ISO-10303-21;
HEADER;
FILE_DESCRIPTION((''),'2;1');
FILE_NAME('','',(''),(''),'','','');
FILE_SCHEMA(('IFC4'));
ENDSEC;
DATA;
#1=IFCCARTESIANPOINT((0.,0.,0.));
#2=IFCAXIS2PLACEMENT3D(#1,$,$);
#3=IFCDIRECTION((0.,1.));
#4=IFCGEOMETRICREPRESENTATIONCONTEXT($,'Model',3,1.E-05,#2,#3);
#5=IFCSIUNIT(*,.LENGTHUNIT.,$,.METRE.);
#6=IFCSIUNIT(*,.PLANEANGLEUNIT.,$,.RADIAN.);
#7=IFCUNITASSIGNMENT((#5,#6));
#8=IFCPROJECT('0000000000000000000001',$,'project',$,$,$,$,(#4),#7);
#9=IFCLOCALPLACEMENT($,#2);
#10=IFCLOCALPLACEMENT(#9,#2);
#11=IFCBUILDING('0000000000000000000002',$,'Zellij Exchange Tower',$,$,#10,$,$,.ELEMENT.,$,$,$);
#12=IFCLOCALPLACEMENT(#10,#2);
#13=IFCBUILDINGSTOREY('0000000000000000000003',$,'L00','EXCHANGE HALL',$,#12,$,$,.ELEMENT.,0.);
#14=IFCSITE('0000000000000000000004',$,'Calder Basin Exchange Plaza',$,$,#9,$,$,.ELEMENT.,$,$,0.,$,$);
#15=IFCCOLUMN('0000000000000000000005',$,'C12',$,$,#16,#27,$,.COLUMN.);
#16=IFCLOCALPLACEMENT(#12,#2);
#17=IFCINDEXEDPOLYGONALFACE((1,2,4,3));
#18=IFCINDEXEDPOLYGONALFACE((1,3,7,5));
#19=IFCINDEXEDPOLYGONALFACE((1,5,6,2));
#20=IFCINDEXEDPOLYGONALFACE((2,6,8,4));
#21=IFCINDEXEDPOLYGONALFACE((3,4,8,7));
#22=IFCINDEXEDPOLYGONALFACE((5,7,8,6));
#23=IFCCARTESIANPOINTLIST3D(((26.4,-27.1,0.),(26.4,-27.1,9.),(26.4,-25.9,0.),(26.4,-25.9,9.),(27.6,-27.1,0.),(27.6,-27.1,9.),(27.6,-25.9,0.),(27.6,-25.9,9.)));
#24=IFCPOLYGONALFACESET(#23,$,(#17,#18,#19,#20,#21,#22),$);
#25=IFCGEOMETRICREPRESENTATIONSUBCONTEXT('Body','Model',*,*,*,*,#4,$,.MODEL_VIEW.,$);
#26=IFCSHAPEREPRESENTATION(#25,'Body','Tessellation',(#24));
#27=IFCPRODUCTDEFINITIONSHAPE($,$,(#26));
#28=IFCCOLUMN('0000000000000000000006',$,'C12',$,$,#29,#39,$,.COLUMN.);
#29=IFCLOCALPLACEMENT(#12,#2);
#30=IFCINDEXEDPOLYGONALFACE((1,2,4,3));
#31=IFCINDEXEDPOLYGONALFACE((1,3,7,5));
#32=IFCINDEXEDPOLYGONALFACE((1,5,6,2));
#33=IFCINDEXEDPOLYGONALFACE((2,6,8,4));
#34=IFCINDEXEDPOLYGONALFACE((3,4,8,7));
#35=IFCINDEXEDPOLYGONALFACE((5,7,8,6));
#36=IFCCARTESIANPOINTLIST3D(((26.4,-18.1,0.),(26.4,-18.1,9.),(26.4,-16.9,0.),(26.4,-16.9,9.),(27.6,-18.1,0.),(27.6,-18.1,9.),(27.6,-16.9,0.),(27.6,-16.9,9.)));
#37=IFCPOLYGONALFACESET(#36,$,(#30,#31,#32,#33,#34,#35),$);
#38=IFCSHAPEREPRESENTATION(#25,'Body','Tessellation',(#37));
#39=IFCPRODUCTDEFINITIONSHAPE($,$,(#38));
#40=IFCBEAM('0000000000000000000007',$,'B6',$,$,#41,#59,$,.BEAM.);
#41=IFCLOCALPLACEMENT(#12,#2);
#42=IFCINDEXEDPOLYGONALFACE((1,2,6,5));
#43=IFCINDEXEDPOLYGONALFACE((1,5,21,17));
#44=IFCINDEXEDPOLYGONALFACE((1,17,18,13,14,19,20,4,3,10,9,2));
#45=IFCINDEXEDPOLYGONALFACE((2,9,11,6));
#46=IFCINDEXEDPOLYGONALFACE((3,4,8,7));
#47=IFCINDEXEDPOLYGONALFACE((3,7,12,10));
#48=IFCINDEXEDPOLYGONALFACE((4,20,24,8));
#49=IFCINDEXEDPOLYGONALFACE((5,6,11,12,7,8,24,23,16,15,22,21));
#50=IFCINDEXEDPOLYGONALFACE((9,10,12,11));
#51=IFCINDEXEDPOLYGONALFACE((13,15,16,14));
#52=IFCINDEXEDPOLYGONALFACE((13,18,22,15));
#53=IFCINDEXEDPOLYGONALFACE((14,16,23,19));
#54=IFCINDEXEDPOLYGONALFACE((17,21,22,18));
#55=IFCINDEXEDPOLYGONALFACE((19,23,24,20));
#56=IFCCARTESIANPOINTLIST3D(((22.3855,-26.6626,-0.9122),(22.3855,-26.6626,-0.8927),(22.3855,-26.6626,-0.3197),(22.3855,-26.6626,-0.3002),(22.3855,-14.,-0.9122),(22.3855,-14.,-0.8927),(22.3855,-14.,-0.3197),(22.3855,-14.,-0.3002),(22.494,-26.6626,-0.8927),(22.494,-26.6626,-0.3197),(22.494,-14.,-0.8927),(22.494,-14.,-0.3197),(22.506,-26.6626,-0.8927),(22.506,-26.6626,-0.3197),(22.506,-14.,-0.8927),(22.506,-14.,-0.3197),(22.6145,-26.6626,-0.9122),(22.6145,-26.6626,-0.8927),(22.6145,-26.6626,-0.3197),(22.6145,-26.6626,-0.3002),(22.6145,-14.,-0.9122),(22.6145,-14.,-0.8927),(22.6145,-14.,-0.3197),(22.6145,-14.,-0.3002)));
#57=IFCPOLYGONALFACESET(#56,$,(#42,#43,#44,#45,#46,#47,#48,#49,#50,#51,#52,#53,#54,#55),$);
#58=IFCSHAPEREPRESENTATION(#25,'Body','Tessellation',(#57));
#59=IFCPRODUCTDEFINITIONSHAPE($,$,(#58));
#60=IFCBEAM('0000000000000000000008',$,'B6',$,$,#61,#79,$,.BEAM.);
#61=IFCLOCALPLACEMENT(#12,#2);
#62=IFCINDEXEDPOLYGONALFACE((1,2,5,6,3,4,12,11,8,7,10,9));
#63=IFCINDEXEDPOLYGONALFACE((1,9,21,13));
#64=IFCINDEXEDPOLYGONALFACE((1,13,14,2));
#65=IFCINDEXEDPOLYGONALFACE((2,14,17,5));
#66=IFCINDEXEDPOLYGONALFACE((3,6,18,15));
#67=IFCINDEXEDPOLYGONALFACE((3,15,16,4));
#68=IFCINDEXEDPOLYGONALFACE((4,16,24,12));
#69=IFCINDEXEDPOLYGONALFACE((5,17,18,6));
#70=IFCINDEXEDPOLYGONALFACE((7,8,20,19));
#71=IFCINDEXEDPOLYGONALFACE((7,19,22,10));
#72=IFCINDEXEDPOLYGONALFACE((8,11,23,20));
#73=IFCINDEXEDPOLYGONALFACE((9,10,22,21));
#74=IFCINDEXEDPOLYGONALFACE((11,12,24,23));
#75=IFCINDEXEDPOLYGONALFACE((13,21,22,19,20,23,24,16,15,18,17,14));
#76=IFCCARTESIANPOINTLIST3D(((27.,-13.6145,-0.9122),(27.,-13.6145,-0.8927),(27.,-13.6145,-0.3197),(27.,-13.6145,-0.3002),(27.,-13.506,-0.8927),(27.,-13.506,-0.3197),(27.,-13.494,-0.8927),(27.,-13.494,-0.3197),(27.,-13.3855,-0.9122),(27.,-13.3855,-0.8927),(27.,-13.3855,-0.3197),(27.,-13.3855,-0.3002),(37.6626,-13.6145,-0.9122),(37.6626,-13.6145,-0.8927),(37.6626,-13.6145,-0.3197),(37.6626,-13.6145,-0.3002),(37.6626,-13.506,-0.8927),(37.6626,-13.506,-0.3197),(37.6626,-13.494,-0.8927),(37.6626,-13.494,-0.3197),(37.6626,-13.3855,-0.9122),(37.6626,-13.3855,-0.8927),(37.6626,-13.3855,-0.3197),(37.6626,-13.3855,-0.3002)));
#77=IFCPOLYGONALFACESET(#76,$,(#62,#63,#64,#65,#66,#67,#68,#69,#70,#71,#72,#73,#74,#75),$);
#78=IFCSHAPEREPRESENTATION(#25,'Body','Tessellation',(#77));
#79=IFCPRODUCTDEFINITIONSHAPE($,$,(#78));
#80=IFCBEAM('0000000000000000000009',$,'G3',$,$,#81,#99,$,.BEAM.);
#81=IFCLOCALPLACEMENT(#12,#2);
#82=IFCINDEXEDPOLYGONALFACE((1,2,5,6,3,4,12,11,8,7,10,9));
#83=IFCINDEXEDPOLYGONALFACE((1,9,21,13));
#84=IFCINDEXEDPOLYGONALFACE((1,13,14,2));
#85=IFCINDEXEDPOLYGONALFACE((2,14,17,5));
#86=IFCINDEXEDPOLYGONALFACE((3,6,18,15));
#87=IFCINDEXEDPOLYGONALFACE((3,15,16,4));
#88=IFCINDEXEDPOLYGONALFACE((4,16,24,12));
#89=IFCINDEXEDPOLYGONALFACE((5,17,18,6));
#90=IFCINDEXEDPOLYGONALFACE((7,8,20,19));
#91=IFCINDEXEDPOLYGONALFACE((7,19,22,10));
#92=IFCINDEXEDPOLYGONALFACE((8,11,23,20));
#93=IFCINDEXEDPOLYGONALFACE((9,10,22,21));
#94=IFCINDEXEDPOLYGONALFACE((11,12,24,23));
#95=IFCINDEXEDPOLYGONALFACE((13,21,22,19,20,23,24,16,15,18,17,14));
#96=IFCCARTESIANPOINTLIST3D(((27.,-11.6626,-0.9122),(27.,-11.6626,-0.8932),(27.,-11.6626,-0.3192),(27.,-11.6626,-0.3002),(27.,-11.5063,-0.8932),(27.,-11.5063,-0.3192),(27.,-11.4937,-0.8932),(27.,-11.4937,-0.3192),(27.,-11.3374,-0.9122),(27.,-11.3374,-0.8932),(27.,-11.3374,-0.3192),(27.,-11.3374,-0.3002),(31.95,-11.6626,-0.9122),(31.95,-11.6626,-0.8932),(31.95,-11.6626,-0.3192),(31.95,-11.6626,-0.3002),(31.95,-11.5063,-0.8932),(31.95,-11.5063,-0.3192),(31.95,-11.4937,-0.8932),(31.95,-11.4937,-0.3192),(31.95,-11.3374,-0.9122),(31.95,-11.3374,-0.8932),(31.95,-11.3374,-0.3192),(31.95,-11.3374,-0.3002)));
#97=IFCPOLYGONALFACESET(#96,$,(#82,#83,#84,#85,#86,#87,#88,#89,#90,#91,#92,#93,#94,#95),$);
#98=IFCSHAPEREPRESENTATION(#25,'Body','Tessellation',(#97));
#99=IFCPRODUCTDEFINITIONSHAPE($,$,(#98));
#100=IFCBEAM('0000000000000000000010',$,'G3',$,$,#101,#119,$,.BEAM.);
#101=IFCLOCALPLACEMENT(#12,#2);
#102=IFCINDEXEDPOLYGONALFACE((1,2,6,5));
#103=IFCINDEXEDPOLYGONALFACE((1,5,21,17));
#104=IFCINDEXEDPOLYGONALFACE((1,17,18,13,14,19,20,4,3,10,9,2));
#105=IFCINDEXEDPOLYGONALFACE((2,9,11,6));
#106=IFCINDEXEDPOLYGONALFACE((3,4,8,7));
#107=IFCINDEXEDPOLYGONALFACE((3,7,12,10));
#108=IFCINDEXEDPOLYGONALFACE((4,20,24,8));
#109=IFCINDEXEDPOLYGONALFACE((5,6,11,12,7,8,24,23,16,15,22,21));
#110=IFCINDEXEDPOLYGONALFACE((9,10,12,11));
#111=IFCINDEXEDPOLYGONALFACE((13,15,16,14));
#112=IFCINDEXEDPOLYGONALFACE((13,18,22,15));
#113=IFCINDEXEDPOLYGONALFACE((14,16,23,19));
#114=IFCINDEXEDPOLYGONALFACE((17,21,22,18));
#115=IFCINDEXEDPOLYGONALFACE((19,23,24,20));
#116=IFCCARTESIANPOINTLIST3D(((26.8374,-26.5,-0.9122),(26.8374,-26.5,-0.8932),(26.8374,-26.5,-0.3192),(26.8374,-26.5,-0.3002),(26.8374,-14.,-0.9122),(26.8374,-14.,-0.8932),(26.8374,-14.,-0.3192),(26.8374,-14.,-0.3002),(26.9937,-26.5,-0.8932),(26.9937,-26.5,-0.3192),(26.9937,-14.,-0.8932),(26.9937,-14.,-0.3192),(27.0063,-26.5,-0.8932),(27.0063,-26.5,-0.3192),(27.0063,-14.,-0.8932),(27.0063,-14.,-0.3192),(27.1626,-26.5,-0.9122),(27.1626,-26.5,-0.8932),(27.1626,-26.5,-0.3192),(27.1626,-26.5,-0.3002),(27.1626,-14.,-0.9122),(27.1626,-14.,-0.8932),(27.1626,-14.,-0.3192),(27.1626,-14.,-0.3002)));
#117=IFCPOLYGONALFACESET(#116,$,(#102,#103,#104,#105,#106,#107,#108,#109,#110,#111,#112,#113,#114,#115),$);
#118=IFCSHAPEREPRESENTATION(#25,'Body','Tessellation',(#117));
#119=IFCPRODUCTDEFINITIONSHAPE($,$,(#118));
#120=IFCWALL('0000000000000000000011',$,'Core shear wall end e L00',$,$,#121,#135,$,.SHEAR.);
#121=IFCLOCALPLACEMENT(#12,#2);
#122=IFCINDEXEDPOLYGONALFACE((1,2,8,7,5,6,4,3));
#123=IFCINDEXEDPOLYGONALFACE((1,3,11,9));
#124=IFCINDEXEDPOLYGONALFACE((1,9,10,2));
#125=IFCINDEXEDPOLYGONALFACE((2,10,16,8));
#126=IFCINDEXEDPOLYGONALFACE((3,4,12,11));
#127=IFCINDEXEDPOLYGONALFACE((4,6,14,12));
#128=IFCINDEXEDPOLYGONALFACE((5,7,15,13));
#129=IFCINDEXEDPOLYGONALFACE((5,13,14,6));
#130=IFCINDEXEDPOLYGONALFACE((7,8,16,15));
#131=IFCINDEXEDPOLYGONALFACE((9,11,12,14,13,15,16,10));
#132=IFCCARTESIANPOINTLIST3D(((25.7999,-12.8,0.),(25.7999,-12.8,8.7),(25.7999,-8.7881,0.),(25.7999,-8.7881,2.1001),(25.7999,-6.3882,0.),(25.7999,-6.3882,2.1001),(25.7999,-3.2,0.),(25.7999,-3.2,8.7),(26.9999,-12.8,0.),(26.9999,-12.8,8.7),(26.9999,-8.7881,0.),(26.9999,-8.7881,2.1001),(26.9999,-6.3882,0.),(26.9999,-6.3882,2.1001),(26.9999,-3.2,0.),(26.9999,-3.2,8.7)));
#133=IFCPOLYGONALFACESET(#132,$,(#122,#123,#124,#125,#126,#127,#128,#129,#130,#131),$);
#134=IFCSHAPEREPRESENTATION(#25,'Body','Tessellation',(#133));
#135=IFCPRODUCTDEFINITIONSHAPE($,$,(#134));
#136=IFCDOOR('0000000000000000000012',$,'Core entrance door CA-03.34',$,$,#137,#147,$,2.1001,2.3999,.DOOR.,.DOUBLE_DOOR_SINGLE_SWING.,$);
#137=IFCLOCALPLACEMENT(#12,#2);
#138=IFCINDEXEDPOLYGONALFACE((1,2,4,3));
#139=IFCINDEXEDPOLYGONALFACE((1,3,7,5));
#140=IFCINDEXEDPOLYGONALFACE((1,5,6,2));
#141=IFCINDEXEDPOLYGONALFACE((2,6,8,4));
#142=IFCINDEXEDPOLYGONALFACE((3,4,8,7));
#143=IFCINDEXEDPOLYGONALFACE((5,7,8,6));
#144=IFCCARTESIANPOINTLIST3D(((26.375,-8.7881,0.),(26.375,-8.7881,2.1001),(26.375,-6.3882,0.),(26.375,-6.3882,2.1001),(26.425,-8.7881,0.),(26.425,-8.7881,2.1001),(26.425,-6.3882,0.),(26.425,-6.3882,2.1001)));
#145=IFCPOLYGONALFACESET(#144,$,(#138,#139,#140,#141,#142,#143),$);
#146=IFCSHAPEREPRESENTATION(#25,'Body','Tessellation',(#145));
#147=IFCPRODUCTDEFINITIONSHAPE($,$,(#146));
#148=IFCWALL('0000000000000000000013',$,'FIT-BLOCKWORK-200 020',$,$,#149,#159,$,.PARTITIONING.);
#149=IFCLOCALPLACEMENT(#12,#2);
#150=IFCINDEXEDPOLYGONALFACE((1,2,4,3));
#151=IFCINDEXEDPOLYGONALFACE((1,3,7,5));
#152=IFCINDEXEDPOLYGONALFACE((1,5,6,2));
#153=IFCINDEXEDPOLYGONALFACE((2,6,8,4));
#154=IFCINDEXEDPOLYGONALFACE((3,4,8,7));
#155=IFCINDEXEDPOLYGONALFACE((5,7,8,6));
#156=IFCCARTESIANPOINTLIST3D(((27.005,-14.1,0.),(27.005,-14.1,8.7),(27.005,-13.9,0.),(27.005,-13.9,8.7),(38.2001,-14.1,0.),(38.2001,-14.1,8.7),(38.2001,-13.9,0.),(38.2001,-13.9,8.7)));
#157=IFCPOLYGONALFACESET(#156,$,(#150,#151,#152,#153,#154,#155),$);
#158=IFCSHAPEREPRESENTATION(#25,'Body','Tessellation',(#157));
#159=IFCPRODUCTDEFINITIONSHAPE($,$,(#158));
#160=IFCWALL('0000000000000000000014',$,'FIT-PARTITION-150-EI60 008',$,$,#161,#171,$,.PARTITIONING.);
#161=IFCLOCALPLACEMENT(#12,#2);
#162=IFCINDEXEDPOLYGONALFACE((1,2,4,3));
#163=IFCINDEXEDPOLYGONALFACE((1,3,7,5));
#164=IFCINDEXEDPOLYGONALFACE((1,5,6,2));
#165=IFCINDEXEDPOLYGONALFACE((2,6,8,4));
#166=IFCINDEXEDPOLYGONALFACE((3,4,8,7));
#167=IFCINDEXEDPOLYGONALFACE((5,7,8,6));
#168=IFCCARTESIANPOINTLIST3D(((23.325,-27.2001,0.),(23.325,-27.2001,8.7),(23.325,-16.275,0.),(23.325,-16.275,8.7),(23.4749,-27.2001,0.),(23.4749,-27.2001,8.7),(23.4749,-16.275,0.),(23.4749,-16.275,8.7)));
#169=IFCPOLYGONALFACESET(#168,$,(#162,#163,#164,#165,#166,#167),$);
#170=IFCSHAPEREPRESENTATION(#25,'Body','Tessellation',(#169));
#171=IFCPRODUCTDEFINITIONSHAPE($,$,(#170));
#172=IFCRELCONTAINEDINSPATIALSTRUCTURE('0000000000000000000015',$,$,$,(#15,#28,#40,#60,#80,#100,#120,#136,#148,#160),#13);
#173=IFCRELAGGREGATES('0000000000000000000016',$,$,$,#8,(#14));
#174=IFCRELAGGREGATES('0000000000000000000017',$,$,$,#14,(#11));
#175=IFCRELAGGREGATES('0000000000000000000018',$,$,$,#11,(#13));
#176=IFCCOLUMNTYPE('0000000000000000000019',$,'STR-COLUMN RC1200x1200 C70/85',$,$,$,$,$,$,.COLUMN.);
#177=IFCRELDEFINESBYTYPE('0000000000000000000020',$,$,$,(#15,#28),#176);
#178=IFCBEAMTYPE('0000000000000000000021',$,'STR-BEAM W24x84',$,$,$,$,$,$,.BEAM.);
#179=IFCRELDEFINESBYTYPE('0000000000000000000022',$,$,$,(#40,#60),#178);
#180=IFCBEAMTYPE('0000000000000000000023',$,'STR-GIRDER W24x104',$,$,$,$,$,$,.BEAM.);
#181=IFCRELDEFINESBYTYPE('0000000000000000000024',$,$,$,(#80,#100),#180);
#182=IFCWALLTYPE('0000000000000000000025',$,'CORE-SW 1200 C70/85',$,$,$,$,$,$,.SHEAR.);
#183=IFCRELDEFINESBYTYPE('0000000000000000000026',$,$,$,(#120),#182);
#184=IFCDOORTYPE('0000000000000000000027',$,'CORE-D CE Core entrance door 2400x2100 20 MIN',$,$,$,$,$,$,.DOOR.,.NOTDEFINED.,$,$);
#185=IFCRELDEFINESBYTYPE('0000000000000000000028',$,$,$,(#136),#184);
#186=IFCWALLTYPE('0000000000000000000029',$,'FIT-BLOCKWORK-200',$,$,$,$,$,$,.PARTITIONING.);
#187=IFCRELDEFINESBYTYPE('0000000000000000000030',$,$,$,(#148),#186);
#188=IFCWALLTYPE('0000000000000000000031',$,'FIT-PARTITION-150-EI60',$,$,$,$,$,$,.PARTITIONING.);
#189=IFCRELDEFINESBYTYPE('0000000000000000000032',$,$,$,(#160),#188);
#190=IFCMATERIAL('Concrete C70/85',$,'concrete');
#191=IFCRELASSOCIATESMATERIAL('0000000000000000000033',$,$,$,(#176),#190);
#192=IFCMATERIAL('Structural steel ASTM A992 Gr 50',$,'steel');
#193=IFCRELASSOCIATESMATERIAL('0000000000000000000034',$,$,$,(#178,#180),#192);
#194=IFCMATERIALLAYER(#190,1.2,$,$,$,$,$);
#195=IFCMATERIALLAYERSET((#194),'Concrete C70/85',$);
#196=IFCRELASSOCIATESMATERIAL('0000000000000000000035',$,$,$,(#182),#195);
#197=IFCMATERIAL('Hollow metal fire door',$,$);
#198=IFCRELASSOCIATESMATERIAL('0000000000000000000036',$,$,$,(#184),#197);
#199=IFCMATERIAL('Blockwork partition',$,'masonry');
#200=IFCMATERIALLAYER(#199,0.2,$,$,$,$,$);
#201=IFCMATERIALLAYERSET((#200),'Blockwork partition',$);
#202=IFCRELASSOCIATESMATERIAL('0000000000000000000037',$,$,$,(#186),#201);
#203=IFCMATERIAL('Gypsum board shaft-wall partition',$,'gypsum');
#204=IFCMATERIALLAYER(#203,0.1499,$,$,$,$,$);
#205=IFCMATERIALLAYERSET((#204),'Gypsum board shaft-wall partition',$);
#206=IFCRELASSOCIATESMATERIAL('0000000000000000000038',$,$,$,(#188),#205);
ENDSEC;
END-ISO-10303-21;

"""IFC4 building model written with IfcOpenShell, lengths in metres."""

from ifc_helpers import new_model, si_unit, direction, frame, frame_2d, origin, origin_2d, place, context, subcontext, project, spatial, rectangle, i_section, extrude, material, layer, layer_set, material_profile, profile_set, type_object, element, fill, save


model = new_model("IFC4")

# Units and contexts
model_context = context("Model", 3, precision=1e-05, world=origin(), true_north=direction((0.0, 1.0)))
body_context = subcontext(model_context, "Body", "Model", "MODEL_VIEW")
ifc_project = project(units=[si_unit("LENGTHUNIT", "METRE"), si_unit("PLANEANGLEUNIT", "RADIAN")], contexts=[model_context])

# Site, building, storey
site_placement = place(None, origin())
site = spatial("IfcSite", under=ifc_project, at=site_placement, Name="Calder Basin Exchange Plaza", CompositionType="ELEMENT", RefElevation=0.0)
building_placement = place(site_placement, origin())
building = spatial("IfcBuilding", under=site, at=building_placement, Name="Zellij Exchange Tower", CompositionType="ELEMENT")
storey_placement = place(building_placement, origin())
storey = spatial("IfcBuildingStorey", under=building, at=storey_placement, Name="L00", Description="EXCHANGE HALL", CompositionType="ELEMENT", Elevation=0.0)

# Columns
ifc_material_1 = material(Name="Concrete C70/85", Category="concrete")
ifc_material_profile_1 = material_profile(ifc_material_1, rectangle(XDim=1.2, YDim=1.2, at=origin_2d()), Name="STR-COLUMN RC1200x1200 C70/85")
ifc_profile_set_1 = profile_set([ifc_material_profile_1], Name="Concrete C70/85")
column_type = type_object("IfcColumnType", Name="STR-COLUMN RC1200x1200 C70/85", PredefinedType="COLUMN", material=ifc_profile_set_1)
for number, where, z_axis, x_axis, name in (
    (1, (27.0, -26.5, 0.0), (0.0, 0.0, 1.0), (1.0, 0.0, 0.0), "C12"),
    (2, (27.0, -17.5, 0.0), (0.0, 0.0, 1.0), (1.0, 0.0, 0.0), "C12"),
):
    element("IfcColumn", number, at=place(storey_placement, frame(where, z_axis=z_axis, x_axis=x_axis)), inside=storey, type_object=column_type, Name=name, PredefinedType="COLUMN", context=body_context, shape_type="SweptSolid", body=[
        extrude(rectangle(XDim=1.2, YDim=1.2, at=origin_2d()), origin(), (0.0, 0.0, 1.0), 9.0),
    ])

# Beams
ifc_material_2 = material(Name="Structural steel ASTM A992 Gr 50", Category="steel")
ifc_material_profile_2 = material_profile(ifc_material_2, i_section(OverallWidth=0.229, OverallDepth=0.6121, WebThickness=0.012, FlangeThickness=0.0195, at=origin_2d()), Name="W24x84")
ifc_profile_set_2 = profile_set([ifc_material_profile_2], Name="Structural steel ASTM A992 Gr 50")
beam_type_1 = type_object("IfcBeamType", Name="STR-BEAM W24x84", PredefinedType="BEAM", material=ifc_profile_set_2)
beam_1_placement = place(storey_placement, frame((22.5, -26.6626, -0.6062), z_axis=(0.0, 1.0, 0.0), x_axis=(-1.0, 0.0, 0.0)))
element("IfcBeam", 3, at=beam_1_placement, inside=storey, type_object=beam_type_1, Name="B6", PredefinedType="BEAM", context=body_context, shape_type="SweptSolid", body=[
    extrude(i_section(OverallWidth=0.229, OverallDepth=0.6121, WebThickness=0.012, FlangeThickness=0.0195, at=origin_2d()), origin(), (0.0, 0.0, 1.0), 12.6626),
])
beam_2_placement = place(storey_placement, frame((27.0, -13.5, -0.6062), z_axis=(1.0, 0.0, 0.0), x_axis=(0.0, 1.0, 0.0)))
element("IfcBeam", 4, at=beam_2_placement, inside=storey, type_object=beam_type_1, Name="B6", PredefinedType="BEAM", context=body_context, shape_type="SweptSolid", body=[
    extrude(i_section(OverallWidth=0.229, OverallDepth=0.6121, WebThickness=0.012, FlangeThickness=0.0195, at=origin_2d()), origin(), (0.0, 0.0, 1.0), 10.6626),
])
ifc_material_profile_3 = material_profile(ifc_material_2, i_section(OverallWidth=0.3252, OverallDepth=0.6121, WebThickness=0.0127, FlangeThickness=0.019, at=origin_2d()), Name="W24x104")
ifc_profile_set_3 = profile_set([ifc_material_profile_3], Name="Structural steel ASTM A992 Gr 50")
beam_type_2 = type_object("IfcBeamType", Name="STR-GIRDER W24x104", PredefinedType="BEAM", material=ifc_profile_set_3)
beam_3_placement = place(storey_placement, frame((27.0, -11.5, -0.6062), z_axis=(1.0, 0.0, 0.0), x_axis=(0.0, 1.0, 0.0)))
element("IfcBeam", 5, at=beam_3_placement, inside=storey, type_object=beam_type_2, Name="G3", PredefinedType="BEAM", context=body_context, shape_type="SweptSolid", body=[
    extrude(i_section(OverallWidth=0.3252, OverallDepth=0.6121, WebThickness=0.0127, FlangeThickness=0.019, at=origin_2d()), origin(), (0.0, 0.0, 1.0), 4.95),
])
beam_4_placement = place(storey_placement, frame((27.0, -26.5, -0.6062), z_axis=(0.0, 1.0, 0.0), x_axis=(-1.0, 0.0, 0.0)))
element("IfcBeam", 6, at=beam_4_placement, inside=storey, type_object=beam_type_2, Name="G3", PredefinedType="BEAM", context=body_context, shape_type="SweptSolid", body=[
    extrude(i_section(OverallWidth=0.3252, OverallDepth=0.6121, WebThickness=0.0127, FlangeThickness=0.019, at=origin_2d()), origin(), (0.0, 0.0, 1.0), 12.5),
])

# Wall, opening, door
ifc_layer_1 = layer(ifc_material_1, 1.2)
ifc_layer_set_1 = layer_set([ifc_layer_1], Name="Concrete C70/85")
wall_type_1 = type_object("IfcWallType", Name="CORE-SW 1200 C70/85", PredefinedType="SHEAR", material=ifc_layer_set_1)
wall_1_placement = place(storey_placement, frame((26.3999, -12.8, 0.0), z_axis=(0.0, 0.0, 1.0), x_axis=(0.0, 1.0, 0.0)))
wall_1 = element("IfcWall", 7, at=wall_1_placement, inside=storey, type_object=wall_type_1, Name="Core shear wall end e L00", PredefinedType="SHEAR", context=body_context, shape_type="SweptSolid", body=[
    extrude(rectangle(XDim=9.6001, YDim=1.2, at=frame_2d((4.8, 0.0))), origin(), (0.0, 0.0, 1.0), 8.7),
])
opening_1_placement = place(wall_1_placement, frame((4.012, 0.0, 0.0)))
opening_1 = element("IfcOpeningElement", 8, at=opening_1_placement, cuts=wall_1, PredefinedType="OPENING", context=body_context, shape_type="SweptSolid", body=[
    extrude(rectangle(XDim=2.3999, YDim=2.1001, at=frame_2d((1.2, 1.05))), frame((0.0, 0.6118, 0.0), z_axis=(0.0, -1.0, 0.0), x_axis=(1.0, 0.0, 0.0)), (0.0, 0.0, 1.0), 1.2239),
])
ifc_material_3 = material(Name="Hollow metal fire door")
door_type_1 = type_object("IfcDoorType", Name="CORE-D CE Core entrance door 2400x2100 20 MIN", OperationType="NOTDEFINED", PredefinedType="DOOR", material=ifc_material_3)
door_1_placement = place(opening_1_placement, origin())
door_1 = element("IfcDoor", 9, at=door_1_placement, inside=storey, type_object=door_type_1, Name="Core entrance door CA-03.34", OperationType="DOUBLE_DOOR_SINGLE_SWING", OverallHeight=2.1001, OverallWidth=2.3999, PredefinedType="DOOR", context=body_context, shape_type="SweptSolid", body=[
    extrude(rectangle(XDim=2.3999, YDim=2.1001, at=frame_2d((1.2, 1.05))), frame((0.0, 0.0249, 0.0), z_axis=(0.0, -1.0, 0.0), x_axis=(1.0, 0.0, 0.0)), (0.0, 0.0, 1.0), 0.05),
])
fill(opening_1, door_1)

# Walls
ifc_material_4 = material(Name="Blockwork partition", Category="masonry")
ifc_layer_2 = layer(ifc_material_4, 0.2)
ifc_layer_set_2 = layer_set([ifc_layer_2], Name="Blockwork partition")
wall_type_2 = type_object("IfcWallType", Name="FIT-BLOCKWORK-200", PredefinedType="PARTITIONING", material=ifc_layer_set_2)
wall_2_placement = place(storey_placement, frame((27.0049, -14.0, 0.0), z_axis=(0.0, 0.0, 1.0), x_axis=(1.0, 0.0, 0.0)))
element("IfcWall", 10, at=wall_2_placement, inside=storey, type_object=wall_type_2, Name="FIT-BLOCKWORK-200 020", PredefinedType="PARTITIONING", context=body_context, shape_type="SweptSolid", body=[
    extrude(rectangle(XDim=11.1951, YDim=0.2, at=frame_2d((5.5977, 0.0))), origin(), (0.0, 0.0, 1.0), 8.7),
])
ifc_material_5 = material(Name="Gypsum board shaft-wall partition", Category="gypsum")
ifc_layer_3 = layer(ifc_material_5, 0.1499)
ifc_layer_set_3 = layer_set([ifc_layer_3], Name="Gypsum board shaft-wall partition")
wall_type_3 = type_object("IfcWallType", Name="FIT-PARTITION-150-EI60", PredefinedType="PARTITIONING", material=ifc_layer_set_3)
wall_3_placement = place(storey_placement, frame((23.3999, -27.2, 0.0), z_axis=(0.0, 0.0, 1.0), x_axis=(0.0, 1.0, 0.0)))
element("IfcWall", 11, at=wall_3_placement, inside=storey, type_object=wall_type_3, Name="FIT-PARTITION-150-EI60 008", PredefinedType="PARTITIONING", context=body_context, shape_type="SweptSolid", body=[
    extrude(rectangle(XDim=10.925, YDim=0.1499, at=frame_2d((5.4624, 0.0))), origin(), (0.0, 0.0, 1.0), 8.7),
])

save(model, "model.ifc")
